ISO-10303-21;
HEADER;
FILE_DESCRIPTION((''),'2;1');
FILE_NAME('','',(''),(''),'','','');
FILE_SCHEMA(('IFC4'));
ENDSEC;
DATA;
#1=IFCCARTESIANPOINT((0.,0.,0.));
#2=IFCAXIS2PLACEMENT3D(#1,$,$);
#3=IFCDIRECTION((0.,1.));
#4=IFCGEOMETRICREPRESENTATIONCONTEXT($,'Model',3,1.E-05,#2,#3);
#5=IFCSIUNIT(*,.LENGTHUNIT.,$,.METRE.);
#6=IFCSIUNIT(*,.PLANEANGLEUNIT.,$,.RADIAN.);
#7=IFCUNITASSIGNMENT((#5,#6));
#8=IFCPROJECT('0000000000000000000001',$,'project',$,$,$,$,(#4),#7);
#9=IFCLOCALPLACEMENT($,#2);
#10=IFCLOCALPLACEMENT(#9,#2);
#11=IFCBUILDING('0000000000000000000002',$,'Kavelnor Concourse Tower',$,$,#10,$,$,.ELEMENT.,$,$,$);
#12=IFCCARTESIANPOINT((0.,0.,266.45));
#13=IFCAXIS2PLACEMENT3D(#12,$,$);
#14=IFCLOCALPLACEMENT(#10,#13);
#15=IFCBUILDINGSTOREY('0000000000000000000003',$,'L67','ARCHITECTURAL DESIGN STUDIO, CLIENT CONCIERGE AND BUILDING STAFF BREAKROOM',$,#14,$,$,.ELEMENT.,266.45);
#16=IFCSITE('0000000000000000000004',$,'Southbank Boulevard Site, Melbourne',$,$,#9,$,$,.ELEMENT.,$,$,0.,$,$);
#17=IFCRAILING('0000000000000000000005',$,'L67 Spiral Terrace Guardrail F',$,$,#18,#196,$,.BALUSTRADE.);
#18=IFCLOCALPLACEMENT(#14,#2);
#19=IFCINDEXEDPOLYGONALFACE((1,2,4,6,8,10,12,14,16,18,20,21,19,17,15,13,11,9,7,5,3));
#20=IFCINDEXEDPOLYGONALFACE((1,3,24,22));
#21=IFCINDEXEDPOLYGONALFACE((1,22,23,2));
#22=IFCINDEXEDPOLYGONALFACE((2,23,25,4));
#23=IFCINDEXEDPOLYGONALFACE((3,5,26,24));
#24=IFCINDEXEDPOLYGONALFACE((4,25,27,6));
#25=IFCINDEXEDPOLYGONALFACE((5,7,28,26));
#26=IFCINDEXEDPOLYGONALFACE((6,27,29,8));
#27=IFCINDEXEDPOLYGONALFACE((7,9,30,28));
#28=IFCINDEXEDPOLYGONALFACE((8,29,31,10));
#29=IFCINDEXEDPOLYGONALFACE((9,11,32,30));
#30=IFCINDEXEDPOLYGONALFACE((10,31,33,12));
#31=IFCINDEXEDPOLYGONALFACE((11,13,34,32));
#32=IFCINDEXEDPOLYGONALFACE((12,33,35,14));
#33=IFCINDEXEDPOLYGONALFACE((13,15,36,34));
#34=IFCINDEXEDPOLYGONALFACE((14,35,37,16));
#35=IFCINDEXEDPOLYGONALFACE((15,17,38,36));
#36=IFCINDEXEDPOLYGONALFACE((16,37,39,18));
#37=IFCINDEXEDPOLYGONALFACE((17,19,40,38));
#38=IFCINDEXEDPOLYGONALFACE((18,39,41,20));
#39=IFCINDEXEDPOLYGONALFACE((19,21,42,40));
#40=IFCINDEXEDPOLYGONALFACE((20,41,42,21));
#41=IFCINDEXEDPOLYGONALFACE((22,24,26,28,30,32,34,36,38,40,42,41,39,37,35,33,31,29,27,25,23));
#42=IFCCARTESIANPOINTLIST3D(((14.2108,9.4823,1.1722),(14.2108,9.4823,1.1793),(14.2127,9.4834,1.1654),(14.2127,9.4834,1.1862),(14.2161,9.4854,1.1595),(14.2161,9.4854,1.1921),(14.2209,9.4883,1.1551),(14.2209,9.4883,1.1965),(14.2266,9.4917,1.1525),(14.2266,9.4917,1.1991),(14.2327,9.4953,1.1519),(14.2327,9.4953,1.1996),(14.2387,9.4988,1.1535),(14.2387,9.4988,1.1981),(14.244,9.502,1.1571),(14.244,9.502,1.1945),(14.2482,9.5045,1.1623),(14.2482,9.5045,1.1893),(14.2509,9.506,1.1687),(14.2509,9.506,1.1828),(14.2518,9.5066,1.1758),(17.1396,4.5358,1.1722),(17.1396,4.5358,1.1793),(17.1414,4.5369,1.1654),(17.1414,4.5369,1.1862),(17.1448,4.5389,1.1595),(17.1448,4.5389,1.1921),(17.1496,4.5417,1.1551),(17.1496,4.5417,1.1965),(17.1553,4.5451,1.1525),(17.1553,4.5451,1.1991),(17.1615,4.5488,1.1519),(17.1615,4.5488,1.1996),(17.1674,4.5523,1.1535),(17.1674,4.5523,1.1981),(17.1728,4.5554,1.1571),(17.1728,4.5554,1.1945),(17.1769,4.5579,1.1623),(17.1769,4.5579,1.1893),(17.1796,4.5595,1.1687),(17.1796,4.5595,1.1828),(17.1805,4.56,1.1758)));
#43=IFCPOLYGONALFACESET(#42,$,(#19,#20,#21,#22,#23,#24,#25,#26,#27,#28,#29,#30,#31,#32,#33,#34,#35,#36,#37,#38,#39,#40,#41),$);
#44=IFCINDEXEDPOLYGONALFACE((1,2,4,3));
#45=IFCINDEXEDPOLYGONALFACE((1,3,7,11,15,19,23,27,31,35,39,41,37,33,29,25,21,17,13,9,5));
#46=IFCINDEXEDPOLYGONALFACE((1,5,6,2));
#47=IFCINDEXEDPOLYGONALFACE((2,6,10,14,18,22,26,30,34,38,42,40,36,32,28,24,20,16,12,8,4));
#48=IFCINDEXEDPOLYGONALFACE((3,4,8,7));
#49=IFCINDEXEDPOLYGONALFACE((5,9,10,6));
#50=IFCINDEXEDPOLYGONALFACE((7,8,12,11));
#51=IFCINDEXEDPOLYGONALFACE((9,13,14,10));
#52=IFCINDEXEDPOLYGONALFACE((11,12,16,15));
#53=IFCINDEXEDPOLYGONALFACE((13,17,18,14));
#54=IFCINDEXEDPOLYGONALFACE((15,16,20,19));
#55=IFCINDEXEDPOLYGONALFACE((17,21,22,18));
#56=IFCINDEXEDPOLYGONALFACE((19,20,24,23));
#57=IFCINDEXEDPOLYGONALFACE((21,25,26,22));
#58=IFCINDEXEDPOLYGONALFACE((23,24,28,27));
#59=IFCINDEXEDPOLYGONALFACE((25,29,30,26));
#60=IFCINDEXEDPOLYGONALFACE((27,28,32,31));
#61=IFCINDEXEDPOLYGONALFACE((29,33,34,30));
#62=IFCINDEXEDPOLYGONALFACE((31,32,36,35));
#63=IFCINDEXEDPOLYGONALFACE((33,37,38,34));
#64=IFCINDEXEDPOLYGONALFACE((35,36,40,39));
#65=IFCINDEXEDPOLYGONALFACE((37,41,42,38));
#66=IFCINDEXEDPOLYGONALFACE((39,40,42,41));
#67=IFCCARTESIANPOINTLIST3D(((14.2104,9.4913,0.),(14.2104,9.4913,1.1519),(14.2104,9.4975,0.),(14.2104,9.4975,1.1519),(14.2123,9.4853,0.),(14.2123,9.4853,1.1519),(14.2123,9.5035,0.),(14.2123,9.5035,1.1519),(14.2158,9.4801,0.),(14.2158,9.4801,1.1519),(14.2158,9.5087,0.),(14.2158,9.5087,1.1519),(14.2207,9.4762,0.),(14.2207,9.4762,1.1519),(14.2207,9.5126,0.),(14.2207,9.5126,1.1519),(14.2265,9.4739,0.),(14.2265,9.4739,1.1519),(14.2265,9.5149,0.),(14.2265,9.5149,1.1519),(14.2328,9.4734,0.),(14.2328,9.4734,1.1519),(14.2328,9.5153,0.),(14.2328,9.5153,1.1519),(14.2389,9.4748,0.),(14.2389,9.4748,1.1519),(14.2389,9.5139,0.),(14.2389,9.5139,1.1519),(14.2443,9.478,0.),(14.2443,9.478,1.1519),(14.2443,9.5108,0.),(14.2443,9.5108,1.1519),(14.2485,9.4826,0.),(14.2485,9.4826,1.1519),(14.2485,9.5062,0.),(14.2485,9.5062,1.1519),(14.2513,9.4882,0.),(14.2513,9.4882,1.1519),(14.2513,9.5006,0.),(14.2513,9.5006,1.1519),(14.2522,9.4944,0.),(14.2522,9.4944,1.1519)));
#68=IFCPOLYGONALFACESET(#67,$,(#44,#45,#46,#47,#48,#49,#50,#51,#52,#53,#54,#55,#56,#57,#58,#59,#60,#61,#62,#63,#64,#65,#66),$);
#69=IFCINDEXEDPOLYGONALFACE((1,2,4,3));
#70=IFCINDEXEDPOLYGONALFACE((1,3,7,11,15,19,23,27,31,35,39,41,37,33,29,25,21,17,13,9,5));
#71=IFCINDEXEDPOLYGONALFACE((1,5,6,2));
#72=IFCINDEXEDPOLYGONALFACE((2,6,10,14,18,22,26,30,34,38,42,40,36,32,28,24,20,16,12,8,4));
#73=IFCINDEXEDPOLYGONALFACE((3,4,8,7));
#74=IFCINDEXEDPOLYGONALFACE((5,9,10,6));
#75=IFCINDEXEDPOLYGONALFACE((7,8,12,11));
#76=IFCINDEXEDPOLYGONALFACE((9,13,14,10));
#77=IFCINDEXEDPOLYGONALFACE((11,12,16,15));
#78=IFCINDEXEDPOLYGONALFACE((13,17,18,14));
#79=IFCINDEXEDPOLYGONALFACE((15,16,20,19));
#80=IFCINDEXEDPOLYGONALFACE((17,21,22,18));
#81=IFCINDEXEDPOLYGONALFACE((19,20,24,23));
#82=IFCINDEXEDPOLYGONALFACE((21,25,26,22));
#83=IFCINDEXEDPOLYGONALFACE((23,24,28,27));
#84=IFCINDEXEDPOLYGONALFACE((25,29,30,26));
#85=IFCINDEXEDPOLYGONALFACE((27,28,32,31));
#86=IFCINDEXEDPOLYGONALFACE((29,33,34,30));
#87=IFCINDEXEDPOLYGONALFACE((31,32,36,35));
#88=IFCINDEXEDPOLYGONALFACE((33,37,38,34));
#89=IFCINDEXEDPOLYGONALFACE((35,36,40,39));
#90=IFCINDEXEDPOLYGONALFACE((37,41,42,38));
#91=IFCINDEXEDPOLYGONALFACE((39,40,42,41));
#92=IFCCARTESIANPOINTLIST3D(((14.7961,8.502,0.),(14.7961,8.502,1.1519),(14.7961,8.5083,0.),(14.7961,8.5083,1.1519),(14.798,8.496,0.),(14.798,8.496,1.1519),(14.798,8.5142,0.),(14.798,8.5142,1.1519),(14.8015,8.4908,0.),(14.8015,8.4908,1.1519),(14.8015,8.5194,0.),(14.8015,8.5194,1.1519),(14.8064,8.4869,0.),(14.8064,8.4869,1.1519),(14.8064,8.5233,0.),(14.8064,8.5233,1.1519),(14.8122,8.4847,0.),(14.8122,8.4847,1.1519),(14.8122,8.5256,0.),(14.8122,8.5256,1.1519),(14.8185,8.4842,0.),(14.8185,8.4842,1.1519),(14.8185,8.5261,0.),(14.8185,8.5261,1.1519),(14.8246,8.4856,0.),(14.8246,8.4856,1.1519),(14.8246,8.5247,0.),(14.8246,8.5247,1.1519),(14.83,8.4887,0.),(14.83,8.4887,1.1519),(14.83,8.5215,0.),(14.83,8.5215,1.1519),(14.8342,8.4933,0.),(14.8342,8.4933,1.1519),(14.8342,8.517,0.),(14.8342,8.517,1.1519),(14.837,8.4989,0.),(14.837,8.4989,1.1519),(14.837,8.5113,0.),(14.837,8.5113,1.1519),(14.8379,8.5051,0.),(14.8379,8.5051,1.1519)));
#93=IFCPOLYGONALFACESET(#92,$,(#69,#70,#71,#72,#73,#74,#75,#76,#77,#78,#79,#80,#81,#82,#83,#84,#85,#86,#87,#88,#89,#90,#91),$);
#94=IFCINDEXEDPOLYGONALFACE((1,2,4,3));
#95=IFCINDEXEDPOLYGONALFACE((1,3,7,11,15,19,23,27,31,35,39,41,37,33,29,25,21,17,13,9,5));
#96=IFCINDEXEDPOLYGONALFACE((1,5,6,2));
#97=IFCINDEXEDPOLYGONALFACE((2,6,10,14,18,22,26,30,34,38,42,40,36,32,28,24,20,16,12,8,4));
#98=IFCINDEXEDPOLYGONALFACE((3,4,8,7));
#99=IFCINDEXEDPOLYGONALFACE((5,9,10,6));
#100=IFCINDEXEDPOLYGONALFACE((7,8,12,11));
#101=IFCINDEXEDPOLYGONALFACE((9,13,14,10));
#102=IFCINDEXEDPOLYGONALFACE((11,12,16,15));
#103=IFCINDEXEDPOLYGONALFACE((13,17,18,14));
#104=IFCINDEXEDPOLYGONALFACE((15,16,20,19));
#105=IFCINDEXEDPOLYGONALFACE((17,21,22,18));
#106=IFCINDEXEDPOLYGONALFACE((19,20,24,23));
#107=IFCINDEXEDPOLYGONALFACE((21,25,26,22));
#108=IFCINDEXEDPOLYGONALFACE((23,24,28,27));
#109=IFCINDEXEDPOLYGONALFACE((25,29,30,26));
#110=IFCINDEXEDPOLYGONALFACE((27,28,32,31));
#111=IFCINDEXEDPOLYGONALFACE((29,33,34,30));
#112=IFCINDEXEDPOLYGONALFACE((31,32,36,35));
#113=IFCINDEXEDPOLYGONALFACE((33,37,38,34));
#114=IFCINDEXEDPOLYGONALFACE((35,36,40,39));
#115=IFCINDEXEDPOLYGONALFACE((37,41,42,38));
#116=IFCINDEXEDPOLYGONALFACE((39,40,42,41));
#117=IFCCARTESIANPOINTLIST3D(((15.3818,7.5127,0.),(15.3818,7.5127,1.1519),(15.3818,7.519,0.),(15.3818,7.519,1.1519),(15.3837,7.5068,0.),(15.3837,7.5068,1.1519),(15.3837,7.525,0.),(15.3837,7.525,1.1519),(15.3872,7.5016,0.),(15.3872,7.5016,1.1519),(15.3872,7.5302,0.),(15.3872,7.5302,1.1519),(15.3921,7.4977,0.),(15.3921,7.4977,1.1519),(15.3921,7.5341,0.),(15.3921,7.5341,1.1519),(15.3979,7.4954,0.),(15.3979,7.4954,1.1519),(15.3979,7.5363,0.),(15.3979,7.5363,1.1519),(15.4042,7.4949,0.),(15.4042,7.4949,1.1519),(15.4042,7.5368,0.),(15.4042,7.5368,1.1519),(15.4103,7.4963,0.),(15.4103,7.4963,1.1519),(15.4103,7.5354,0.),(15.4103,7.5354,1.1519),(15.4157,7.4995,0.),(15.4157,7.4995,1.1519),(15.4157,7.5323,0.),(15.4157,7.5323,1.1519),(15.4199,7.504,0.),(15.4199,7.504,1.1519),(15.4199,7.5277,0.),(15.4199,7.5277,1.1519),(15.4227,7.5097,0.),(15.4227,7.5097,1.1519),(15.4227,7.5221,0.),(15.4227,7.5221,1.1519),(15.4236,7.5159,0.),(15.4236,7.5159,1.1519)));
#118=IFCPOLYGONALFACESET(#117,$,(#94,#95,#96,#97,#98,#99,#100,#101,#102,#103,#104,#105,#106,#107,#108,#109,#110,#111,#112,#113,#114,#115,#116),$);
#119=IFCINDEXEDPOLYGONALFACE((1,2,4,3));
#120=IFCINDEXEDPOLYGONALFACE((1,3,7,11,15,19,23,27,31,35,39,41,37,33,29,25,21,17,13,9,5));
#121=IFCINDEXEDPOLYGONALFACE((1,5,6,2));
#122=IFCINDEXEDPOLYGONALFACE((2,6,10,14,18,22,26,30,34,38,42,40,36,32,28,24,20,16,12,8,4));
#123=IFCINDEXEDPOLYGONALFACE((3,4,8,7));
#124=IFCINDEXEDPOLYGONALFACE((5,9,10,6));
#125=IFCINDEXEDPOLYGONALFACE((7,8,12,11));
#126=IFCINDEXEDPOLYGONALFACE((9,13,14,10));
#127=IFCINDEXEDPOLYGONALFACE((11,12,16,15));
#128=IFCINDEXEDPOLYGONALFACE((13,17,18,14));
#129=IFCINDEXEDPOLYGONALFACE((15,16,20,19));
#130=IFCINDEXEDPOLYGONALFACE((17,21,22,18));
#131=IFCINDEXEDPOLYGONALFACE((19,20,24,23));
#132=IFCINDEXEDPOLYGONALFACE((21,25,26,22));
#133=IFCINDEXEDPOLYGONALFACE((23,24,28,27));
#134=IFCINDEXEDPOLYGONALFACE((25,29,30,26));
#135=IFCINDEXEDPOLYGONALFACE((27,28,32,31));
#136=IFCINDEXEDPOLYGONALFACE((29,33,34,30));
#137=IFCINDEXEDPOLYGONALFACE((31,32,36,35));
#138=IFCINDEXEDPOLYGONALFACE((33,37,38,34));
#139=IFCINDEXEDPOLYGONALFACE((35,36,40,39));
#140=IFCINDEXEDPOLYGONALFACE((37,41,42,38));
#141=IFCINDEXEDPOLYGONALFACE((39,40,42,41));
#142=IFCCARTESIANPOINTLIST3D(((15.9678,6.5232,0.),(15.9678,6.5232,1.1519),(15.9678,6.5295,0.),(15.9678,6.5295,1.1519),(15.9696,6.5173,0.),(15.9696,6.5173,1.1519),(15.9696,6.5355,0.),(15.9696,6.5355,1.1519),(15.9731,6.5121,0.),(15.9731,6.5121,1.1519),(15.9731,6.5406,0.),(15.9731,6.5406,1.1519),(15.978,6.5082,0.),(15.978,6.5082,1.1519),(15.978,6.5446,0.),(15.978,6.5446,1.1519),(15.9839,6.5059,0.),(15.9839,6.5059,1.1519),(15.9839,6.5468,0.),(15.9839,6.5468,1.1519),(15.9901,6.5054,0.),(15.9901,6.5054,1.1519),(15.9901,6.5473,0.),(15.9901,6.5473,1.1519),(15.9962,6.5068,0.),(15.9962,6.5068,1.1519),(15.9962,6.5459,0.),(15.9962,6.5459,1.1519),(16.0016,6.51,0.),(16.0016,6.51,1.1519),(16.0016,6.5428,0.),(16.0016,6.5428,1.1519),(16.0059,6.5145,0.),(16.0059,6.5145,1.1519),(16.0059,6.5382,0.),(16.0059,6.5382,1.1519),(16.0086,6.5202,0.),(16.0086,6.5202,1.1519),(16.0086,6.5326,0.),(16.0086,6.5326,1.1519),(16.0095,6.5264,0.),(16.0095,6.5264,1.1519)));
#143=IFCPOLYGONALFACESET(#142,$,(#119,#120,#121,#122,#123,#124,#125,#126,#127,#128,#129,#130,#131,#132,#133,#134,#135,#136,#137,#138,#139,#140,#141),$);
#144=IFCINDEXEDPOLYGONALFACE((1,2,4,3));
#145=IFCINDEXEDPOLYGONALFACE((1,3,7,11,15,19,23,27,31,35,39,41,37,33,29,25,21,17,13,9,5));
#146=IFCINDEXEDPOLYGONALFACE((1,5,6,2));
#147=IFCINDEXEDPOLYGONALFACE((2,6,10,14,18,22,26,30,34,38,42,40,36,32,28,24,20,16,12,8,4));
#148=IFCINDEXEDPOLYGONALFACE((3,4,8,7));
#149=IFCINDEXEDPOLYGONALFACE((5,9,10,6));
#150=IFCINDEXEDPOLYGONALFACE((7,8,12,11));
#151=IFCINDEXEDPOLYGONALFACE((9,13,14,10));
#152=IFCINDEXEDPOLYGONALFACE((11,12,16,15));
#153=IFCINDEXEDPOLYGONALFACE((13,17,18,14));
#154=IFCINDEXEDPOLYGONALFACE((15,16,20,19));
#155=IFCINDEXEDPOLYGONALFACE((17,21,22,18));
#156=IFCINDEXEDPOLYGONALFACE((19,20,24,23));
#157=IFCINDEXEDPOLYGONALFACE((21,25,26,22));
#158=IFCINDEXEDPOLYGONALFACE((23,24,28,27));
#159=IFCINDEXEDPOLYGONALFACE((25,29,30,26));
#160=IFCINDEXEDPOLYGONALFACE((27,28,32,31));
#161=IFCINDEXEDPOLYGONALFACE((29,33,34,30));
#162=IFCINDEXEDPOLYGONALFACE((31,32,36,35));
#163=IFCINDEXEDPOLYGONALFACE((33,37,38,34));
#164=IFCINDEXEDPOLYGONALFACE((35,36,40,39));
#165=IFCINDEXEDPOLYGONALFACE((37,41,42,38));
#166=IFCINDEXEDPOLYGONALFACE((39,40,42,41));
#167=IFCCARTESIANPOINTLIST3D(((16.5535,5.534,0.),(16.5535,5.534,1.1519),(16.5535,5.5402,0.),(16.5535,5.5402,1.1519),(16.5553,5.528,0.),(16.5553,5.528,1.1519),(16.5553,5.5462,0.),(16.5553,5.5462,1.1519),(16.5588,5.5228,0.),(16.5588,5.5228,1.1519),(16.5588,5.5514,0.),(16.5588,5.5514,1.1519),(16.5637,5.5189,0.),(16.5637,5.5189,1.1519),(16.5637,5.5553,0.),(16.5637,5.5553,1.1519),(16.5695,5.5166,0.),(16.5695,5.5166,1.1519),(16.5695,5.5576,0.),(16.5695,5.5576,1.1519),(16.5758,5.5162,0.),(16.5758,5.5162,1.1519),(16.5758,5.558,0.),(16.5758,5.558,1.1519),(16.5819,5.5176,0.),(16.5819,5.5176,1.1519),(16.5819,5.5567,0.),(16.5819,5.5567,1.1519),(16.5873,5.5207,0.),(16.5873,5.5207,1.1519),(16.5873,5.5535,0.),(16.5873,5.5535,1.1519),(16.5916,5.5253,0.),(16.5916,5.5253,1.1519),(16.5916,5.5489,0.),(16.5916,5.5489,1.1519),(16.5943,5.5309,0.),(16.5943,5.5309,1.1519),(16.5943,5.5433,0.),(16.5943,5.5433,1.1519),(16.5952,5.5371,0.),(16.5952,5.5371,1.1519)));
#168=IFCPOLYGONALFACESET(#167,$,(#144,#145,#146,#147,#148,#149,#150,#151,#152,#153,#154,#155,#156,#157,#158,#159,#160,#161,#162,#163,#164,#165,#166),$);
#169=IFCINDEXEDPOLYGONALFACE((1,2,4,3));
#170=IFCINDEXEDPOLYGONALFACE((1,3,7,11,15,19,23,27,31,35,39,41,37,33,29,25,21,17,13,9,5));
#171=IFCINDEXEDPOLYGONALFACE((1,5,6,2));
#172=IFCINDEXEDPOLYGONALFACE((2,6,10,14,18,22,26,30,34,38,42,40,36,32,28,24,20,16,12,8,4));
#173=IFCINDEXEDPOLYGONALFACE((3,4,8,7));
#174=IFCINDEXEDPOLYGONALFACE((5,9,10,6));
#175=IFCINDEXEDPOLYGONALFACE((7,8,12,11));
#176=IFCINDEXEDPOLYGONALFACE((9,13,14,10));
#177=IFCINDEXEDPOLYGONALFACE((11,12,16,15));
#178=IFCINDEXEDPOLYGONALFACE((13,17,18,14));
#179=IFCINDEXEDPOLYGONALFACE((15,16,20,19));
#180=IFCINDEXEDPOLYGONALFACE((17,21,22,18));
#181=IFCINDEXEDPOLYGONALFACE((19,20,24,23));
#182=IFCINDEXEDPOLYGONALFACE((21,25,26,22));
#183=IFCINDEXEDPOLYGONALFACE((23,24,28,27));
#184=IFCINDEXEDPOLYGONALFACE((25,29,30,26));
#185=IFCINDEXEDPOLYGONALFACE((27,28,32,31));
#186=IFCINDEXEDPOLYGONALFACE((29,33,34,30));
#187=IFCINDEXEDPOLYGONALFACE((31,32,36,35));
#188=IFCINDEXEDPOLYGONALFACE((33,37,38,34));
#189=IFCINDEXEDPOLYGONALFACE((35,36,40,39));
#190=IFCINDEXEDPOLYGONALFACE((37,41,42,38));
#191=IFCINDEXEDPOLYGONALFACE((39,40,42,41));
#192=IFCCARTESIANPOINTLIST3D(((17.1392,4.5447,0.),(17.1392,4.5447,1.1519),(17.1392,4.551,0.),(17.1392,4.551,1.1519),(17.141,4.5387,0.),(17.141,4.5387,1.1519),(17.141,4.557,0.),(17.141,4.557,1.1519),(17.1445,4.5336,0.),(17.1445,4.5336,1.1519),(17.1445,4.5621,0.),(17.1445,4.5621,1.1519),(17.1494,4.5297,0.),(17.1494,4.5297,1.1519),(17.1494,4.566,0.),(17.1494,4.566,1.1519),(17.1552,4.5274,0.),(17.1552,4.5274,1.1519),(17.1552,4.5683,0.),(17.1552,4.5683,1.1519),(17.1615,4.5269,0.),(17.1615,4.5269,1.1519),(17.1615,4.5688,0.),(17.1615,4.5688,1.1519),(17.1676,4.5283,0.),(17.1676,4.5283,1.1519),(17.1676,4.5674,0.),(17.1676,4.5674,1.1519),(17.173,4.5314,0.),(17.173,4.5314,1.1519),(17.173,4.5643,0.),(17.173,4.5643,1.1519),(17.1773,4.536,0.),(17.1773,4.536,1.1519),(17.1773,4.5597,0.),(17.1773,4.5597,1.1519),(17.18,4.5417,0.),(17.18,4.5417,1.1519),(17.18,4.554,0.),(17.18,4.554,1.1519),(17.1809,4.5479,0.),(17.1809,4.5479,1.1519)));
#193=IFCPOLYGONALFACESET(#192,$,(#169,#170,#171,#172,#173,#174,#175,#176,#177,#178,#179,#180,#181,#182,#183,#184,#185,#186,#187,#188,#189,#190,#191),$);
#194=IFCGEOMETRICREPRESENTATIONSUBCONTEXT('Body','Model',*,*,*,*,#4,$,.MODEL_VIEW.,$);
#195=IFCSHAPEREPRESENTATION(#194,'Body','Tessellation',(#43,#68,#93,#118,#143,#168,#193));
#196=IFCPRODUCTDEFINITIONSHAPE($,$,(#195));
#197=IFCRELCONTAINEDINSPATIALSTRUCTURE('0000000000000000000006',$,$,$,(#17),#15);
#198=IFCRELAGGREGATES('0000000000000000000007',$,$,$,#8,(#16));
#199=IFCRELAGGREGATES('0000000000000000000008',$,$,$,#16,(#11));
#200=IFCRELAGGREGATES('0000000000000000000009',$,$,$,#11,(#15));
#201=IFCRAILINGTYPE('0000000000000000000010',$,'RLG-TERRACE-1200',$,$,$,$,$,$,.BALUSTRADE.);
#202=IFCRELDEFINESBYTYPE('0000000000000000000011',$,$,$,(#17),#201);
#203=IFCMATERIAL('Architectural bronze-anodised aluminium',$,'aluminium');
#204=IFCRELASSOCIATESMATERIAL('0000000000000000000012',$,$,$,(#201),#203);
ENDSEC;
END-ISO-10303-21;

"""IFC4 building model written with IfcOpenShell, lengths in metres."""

from ifc_helpers import new_model, si_unit, direction, frame, origin, origin_2d, place, context, subcontext, project, spatial, circle, extrude, material, type_object, element, save


model = new_model("IFC4")

# Units and contexts
model_context = context("Model", 3, precision=1e-05, world=origin(), true_north=direction((0.0, 1.0)))
body_context = subcontext(model_context, "Body", "Model", "MODEL_VIEW")
ifc_project = project(units=[si_unit("LENGTHUNIT", "METRE"), si_unit("PLANEANGLEUNIT", "RADIAN")], contexts=[model_context])

# Site, building, storey
site_placement = place(None, origin())
site = spatial("IfcSite", under=ifc_project, at=site_placement, Name="Southbank Boulevard Site, Melbourne", CompositionType="ELEMENT", RefElevation=0.0)
building_placement = place(site_placement, origin())
building = spatial("IfcBuilding", under=site, at=building_placement, Name="Kavelnor Concourse Tower", CompositionType="ELEMENT")
storey_placement = place(building_placement, frame((0.0, 0.0, 266.45)))
storey = spatial("IfcBuildingStorey", under=building, at=storey_placement, Name="L67", Description="ARCHITECTURAL DESIGN STUDIO, CLIENT CONCIERGE AND BUILDING STAFF BREAKROOM", CompositionType="ELEMENT", Elevation=266.45)

# Railing
ifc_material_1 = material(Name="Architectural bronze-anodised aluminium", Category="aluminium")
railing_type = type_object("IfcRailingType", Name="RLG-TERRACE-1200", PredefinedType="BALUSTRADE", material=ifc_material_1)
railing_1_placement = place(storey_placement, frame((14.2312, 9.4944, 0.0)))
element("IfcRailing", 1, at=railing_1_placement, inside=storey, type_object=railing_type, Name="L67 Spiral Terrace Guardrail F", PredefinedType="BALUSTRADE", context=body_context, shape_type="SweptSolid", body=[
    extrude(circle(Radius=0.0239, at=origin_2d()), frame((0.0, 0.0, 1.1758), z_axis=(0.509472, -0.860487, 0.0), x_axis=(0.860487, 0.509472, 0.0)), (0.0, 0.0, 1.0), 5.7485),
    extrude(circle(Radius=0.021, at=origin_2d()), origin(), (0.0, 0.0, 1.0), 1.1519),
    extrude(circle(Radius=0.021, at=origin_2d()), frame((0.5857, -0.9893, 0.0)), (0.0, 0.0, 1.0), 1.1519),
    extrude(circle(Radius=0.021, at=origin_2d()), frame((1.1714, -1.9785, 0.0)), (0.0, 0.0, 1.0), 1.1519),
    extrude(circle(Radius=0.021, at=origin_2d()), frame((1.7573, -2.968, 0.0)), (0.0, 0.0, 1.0), 1.1519),
    extrude(circle(Radius=0.021, at=origin_2d()), frame((2.343, -3.9573, 0.0)), (0.0, 0.0, 1.0), 1.1519),
    extrude(circle(Radius=0.021, at=origin_2d()), frame((2.9287, -4.9465, 0.0)), (0.0, 0.0, 1.0), 1.1519),
])

save(model, "model.ifc")
